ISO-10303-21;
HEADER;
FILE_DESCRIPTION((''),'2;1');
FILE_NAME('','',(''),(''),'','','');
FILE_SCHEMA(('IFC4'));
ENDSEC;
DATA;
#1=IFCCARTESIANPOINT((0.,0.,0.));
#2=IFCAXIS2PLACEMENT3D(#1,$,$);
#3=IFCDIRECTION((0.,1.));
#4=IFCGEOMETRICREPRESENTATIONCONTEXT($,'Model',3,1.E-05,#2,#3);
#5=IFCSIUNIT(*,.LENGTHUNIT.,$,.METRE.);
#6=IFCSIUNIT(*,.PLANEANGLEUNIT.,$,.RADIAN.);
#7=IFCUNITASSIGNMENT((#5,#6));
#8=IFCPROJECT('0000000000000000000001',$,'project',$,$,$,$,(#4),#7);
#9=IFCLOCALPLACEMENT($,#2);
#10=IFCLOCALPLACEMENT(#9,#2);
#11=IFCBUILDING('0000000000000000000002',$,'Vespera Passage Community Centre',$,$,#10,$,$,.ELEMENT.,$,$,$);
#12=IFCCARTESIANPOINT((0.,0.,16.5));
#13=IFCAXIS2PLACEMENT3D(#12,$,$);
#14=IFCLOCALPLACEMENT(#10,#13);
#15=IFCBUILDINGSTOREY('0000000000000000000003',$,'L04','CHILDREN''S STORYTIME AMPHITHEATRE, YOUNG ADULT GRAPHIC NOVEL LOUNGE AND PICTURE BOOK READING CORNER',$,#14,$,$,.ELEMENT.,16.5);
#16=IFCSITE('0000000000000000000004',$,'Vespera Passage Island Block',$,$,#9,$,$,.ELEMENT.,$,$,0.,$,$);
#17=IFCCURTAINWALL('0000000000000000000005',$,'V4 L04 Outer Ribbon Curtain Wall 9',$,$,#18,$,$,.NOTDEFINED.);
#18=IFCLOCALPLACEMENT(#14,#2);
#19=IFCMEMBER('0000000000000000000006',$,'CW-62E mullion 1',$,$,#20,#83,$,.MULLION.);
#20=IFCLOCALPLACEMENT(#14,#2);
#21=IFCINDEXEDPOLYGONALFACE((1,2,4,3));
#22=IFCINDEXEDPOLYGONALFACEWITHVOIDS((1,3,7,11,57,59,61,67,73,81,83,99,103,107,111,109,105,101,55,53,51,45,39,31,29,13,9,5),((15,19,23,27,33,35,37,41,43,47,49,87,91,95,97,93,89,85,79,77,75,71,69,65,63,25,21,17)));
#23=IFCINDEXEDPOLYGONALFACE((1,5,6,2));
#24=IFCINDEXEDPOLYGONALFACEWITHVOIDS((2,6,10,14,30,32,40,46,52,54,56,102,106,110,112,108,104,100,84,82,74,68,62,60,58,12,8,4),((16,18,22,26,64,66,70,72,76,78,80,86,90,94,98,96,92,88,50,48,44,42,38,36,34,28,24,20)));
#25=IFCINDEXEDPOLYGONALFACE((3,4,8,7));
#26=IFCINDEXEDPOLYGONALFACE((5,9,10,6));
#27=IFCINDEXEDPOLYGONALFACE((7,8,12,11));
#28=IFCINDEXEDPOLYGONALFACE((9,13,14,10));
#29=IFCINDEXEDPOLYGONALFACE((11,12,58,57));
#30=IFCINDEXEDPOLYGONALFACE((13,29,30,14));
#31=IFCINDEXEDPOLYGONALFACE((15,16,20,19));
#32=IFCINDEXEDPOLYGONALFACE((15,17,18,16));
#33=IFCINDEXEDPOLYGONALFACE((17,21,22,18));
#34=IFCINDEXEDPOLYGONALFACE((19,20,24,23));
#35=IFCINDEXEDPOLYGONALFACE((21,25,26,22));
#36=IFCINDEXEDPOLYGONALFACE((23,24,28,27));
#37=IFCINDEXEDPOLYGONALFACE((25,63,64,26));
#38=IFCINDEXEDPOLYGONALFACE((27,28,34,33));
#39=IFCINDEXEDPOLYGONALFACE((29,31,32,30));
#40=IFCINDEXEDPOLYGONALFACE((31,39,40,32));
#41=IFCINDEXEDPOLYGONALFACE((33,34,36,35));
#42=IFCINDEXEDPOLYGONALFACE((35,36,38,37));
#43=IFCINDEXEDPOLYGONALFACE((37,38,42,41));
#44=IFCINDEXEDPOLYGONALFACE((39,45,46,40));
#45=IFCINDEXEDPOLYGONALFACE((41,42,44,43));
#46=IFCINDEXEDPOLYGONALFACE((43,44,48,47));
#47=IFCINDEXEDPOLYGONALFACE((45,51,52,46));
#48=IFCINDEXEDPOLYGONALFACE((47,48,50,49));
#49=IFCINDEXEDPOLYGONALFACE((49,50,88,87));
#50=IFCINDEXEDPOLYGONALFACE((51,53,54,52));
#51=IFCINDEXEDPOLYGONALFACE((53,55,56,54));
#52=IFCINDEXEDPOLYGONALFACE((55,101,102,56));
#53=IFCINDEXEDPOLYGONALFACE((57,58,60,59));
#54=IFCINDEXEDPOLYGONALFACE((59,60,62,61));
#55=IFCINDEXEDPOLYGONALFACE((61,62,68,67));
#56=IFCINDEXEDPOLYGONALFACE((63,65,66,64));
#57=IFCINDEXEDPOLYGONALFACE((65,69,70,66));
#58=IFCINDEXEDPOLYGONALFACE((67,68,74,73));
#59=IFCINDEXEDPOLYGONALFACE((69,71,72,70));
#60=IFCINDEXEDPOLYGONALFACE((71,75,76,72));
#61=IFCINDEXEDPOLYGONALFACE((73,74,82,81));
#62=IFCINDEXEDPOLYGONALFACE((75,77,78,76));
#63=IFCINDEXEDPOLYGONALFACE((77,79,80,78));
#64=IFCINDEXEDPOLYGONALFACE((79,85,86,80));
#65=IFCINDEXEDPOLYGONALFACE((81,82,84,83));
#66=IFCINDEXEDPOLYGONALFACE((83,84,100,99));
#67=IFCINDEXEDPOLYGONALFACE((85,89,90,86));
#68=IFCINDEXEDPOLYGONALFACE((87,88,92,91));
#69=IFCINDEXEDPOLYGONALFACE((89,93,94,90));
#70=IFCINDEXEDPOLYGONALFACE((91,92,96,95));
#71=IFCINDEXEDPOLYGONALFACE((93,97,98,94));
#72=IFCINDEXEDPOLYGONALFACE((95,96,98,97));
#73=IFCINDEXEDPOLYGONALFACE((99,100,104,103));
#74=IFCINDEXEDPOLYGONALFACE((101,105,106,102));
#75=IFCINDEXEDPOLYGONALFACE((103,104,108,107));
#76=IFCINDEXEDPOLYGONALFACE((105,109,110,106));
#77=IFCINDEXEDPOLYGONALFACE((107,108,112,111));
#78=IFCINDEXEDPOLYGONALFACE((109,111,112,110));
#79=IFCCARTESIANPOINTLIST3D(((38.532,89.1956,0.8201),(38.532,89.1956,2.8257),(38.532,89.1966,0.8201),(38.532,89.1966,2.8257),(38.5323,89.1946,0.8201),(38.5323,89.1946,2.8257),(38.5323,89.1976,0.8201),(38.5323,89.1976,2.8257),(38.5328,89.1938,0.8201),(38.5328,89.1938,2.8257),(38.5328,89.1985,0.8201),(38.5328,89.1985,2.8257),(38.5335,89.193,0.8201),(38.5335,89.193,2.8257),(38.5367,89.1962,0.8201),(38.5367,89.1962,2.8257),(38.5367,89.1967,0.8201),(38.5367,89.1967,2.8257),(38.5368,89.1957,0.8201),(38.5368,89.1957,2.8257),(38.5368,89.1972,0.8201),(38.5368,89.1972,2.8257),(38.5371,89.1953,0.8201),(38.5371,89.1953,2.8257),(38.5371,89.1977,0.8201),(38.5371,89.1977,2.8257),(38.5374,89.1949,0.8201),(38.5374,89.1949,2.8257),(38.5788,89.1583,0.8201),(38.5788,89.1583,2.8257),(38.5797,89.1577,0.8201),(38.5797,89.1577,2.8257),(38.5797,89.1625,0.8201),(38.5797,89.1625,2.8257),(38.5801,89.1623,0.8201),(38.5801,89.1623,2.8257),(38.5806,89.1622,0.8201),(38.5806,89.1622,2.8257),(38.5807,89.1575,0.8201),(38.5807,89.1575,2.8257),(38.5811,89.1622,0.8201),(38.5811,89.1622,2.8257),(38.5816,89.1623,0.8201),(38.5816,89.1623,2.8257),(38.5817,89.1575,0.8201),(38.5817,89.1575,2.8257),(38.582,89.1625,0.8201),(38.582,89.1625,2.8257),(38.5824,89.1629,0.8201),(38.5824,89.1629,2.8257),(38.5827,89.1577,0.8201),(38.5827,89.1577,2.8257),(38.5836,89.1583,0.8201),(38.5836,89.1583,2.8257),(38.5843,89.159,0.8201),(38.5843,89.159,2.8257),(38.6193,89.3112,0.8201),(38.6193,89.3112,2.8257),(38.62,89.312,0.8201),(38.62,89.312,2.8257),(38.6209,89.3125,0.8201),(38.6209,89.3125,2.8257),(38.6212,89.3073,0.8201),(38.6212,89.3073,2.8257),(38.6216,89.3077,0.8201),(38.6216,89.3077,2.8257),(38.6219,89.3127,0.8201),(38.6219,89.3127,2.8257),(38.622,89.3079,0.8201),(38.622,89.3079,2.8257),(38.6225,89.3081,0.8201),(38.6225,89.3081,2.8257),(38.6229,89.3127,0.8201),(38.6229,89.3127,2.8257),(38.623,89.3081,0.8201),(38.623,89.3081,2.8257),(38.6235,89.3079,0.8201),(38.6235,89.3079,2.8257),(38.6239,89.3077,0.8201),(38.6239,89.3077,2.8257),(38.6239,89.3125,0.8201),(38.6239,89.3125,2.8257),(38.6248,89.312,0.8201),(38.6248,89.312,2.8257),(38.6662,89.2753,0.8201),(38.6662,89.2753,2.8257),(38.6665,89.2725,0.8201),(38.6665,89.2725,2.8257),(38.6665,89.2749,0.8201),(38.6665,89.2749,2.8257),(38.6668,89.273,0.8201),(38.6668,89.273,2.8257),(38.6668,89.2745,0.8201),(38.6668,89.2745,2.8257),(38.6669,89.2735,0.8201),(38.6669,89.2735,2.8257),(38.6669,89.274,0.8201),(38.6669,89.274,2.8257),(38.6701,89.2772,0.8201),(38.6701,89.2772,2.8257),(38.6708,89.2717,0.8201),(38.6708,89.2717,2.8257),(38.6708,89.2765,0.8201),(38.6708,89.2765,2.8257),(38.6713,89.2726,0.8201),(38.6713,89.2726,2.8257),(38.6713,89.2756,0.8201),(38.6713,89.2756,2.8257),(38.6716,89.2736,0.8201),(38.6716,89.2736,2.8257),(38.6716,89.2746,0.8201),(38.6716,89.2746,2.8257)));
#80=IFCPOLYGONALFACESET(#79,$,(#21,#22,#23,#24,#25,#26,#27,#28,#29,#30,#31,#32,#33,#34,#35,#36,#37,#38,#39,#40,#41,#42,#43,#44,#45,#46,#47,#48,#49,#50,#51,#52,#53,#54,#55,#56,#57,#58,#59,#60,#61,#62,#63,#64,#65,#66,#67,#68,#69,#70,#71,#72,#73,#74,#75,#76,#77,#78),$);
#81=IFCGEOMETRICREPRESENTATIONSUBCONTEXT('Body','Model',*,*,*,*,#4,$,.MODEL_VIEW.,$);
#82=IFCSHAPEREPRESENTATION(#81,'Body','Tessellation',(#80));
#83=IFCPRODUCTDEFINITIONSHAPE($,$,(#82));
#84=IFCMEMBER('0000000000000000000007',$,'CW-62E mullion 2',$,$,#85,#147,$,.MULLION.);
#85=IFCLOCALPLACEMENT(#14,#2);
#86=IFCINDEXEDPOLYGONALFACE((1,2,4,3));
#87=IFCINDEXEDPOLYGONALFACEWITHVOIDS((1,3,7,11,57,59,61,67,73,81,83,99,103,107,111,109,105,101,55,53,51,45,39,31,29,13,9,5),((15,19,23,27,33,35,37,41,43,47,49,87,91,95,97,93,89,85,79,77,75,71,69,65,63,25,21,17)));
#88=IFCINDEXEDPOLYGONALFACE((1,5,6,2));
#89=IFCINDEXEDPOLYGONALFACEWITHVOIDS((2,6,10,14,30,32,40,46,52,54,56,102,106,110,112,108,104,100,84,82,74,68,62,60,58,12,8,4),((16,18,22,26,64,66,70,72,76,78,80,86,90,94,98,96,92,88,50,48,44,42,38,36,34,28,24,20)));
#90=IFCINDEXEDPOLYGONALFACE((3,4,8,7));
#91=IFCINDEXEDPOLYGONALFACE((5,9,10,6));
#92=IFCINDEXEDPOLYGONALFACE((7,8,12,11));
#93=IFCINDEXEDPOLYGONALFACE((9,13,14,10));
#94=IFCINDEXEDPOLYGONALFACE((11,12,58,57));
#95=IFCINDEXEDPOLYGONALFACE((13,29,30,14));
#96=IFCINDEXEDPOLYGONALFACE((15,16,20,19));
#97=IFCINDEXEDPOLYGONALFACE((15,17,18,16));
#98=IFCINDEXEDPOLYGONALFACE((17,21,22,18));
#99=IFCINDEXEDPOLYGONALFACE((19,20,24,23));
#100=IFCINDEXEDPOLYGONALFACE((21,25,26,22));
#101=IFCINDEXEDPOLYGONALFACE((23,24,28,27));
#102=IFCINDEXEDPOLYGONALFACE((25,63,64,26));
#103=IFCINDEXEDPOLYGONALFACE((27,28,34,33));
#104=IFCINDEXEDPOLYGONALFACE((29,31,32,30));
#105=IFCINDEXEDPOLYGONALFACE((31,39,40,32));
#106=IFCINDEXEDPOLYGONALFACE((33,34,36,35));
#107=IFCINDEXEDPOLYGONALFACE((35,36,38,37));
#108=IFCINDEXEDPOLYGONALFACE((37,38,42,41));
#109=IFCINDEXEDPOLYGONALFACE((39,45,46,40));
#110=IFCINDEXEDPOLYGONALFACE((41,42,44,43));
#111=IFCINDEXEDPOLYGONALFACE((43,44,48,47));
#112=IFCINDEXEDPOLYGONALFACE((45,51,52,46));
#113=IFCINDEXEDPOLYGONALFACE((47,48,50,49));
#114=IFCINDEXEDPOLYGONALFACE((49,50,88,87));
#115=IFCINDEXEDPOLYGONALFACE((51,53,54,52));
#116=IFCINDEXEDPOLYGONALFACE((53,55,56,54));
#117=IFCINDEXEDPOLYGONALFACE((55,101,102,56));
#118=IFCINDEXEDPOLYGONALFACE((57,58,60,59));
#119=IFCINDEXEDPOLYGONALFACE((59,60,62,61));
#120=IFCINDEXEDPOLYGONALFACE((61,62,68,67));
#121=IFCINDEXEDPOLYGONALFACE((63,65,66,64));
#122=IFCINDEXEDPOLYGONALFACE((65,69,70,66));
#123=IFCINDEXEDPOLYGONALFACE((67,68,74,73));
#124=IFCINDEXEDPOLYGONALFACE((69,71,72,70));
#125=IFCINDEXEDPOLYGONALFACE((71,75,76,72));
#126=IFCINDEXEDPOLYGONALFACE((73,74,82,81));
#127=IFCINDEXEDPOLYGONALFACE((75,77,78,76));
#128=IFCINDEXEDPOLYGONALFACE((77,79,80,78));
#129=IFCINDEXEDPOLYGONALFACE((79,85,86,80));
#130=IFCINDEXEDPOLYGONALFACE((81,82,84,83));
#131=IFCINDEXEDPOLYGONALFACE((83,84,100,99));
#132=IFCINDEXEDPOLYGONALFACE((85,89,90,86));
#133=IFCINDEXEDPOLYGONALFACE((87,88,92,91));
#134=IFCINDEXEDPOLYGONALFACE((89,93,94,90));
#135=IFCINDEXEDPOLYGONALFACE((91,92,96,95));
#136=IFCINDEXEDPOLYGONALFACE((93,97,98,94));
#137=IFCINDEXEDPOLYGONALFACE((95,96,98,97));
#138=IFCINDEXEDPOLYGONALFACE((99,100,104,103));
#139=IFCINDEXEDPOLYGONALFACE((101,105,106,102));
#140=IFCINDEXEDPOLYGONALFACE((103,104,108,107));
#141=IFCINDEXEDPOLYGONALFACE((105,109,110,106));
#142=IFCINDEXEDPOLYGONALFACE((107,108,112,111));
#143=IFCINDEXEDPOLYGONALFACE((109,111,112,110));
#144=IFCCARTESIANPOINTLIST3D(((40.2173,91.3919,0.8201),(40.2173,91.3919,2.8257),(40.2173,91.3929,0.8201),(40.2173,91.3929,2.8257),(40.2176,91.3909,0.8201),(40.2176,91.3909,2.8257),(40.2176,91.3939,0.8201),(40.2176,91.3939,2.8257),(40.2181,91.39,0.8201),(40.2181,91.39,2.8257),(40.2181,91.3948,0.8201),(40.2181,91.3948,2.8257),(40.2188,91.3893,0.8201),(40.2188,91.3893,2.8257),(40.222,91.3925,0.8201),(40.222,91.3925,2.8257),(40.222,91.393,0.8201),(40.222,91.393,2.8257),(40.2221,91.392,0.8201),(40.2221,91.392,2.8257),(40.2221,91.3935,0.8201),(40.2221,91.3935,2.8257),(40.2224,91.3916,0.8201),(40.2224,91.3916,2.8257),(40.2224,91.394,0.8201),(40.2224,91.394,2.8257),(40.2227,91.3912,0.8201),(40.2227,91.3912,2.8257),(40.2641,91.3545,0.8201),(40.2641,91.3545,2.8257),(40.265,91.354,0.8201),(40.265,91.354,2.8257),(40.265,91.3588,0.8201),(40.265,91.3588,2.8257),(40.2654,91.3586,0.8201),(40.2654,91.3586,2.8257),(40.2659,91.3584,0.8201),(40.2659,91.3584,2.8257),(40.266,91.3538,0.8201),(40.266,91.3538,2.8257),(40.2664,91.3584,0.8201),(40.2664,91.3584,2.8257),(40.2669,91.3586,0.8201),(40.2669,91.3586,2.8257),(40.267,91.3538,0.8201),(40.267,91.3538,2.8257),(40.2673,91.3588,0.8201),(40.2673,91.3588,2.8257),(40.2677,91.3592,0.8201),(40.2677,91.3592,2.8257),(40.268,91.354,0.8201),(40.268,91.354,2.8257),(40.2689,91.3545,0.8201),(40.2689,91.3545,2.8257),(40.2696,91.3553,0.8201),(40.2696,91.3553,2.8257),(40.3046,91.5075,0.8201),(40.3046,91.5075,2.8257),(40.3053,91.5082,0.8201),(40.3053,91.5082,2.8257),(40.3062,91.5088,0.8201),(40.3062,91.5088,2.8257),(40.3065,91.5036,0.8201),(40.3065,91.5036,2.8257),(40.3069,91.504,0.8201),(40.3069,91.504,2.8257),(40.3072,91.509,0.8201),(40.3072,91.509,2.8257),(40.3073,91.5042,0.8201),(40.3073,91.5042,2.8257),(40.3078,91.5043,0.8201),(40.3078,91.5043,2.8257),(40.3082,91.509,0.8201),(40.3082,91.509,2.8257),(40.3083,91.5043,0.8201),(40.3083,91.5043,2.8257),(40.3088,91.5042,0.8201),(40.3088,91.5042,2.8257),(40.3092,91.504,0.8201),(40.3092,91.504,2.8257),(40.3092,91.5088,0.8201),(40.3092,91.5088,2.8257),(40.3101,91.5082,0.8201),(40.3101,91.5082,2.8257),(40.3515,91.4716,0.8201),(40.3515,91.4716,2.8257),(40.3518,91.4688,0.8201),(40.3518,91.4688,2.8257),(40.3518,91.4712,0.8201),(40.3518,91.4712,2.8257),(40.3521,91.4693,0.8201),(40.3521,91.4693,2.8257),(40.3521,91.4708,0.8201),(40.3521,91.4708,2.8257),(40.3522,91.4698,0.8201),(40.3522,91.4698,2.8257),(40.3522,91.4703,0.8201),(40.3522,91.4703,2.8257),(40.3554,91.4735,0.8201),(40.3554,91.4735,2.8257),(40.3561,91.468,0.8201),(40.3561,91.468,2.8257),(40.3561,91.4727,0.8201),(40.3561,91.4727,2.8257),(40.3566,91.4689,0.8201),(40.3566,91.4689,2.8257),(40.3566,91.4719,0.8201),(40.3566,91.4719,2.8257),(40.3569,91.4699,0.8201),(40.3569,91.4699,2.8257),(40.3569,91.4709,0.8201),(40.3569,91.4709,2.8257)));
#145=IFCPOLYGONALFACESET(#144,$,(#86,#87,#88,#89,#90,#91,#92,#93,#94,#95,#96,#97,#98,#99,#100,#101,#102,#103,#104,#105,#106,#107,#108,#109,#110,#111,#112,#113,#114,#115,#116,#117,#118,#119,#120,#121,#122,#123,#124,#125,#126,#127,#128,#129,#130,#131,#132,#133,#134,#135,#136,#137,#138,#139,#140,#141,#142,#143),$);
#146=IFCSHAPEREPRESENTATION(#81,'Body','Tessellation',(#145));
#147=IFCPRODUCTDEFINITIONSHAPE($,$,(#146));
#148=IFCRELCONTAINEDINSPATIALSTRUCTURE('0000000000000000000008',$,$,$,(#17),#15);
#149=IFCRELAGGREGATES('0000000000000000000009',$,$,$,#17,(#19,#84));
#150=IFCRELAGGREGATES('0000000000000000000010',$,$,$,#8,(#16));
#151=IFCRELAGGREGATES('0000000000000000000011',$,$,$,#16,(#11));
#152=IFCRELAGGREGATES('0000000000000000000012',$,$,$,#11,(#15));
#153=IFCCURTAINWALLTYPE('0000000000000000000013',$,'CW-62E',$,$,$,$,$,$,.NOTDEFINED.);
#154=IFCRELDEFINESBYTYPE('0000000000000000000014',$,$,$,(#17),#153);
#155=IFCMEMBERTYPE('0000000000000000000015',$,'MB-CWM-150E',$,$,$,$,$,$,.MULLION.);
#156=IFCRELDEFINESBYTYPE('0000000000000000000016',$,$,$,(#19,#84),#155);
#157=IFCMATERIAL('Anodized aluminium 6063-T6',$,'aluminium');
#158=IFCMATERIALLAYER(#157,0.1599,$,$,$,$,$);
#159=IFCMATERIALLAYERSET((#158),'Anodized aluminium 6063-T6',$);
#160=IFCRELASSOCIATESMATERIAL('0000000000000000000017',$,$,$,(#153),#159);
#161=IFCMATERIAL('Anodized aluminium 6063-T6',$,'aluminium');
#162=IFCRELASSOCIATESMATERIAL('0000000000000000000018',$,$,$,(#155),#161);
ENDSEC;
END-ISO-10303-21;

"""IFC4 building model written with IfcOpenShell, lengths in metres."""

from ifc_helpers import new_model, si_unit, direction, frame, origin, origin_2d, place, context, subcontext, project, spatial, hollow_rectangle, extrude, material, layer, layer_set, material_profile, profile_set, type_object, element, aggregate, save


model = new_model("IFC4")

# Units and contexts
model_context = context("Model", 3, precision=1e-05, world=origin(), true_north=direction((0.0, 1.0)))
body_context = subcontext(model_context, "Body", "Model", "MODEL_VIEW")
ifc_project = project(units=[si_unit("LENGTHUNIT", "METRE"), si_unit("PLANEANGLEUNIT", "RADIAN")], contexts=[model_context])

# Site, building, storey
site_placement = place(None, origin())
site = spatial("IfcSite", under=ifc_project, at=site_placement, Name="Vespera Passage Island Block", CompositionType="ELEMENT", RefElevation=0.0)
building_placement = place(site_placement, origin())
building = spatial("IfcBuilding", under=site, at=building_placement, Name="Vespera Passage Community Centre", CompositionType="ELEMENT")
storey_placement = place(building_placement, frame((0.0, 0.0, 16.5)))
storey = spatial("IfcBuildingStorey", under=building, at=storey_placement, Name="L04", Description="CHILDREN'S STORYTIME AMPHITHEATRE, YOUNG ADULT GRAPHIC NOVEL LOUNGE AND PICTURE BOOK READING CORNER", CompositionType="ELEMENT", Elevation=16.5)

# Curtain wall, members
ifc_material_1 = material(Name="Anodized aluminium 6063-T6", Category="aluminium")
ifc_layer_1 = layer(ifc_material_1, 0.1599)
ifc_layer_set_1 = layer_set([ifc_layer_1], Name="Anodized aluminium 6063-T6")
curtain_wall_type = type_object("IfcCurtainWallType", Name="CW-62E", PredefinedType="NOTDEFINED", material=ifc_layer_set_1)
curtain_wall_placement = place(storey_placement, origin())
curtain_wall = element("IfcCurtainWall", 1, at=curtain_wall_placement, inside=storey, type_object=curtain_wall_type, Name="V4 L04 Outer Ribbon Curtain Wall 9", PredefinedType="NOTDEFINED")
ifc_material_2 = material(Name="Anodized aluminium 6063-T6", Category="aluminium")
ifc_material_profile_1 = material_profile(ifc_material_2, hollow_rectangle(XDim=0.0649, YDim=0.1499, WallThickness=0.0039, InnerFilletRadius=0.002, OuterFilletRadius=0.0039, at=origin_2d()), Name="ALU150X65X4")
ifc_profile_set_1 = profile_set([ifc_material_profile_1], Name="Anodized aluminium 6063-T6")
member_type_1 = type_object("IfcMemberType", Name="MB-CWM-150E", PredefinedType="MULLION", material=ifc_profile_set_1)
member_1_placement = place(storey_placement, frame((38.6018, 89.2351, 0.8201), z_axis=(0.0, 0.0, 1.0), x_axis=(-0.79335, 0.608765, 0.0)))
member_1 = element("IfcMember", 2, at=member_1_placement, type_object=member_type_1, Name="CW-62E mullion 1", PredefinedType="MULLION", context=body_context, shape_type="SweptSolid", body=[
    extrude(hollow_rectangle(XDim=0.0649, YDim=0.1499, WallThickness=0.0039, InnerFilletRadius=0.002, OuterFilletRadius=0.0039, at=origin_2d()), origin(), (0.0, 0.0, 1.0), 2.0056),
])
member_2_placement = place(storey_placement, frame((40.2871, 91.4314, 0.8201), z_axis=(0.0, 0.0, 1.0), x_axis=(-0.79335, 0.608765, 0.0)))
member_2 = element("IfcMember", 3, at=member_2_placement, type_object=member_type_1, Name="CW-62E mullion 2", PredefinedType="MULLION", context=body_context, shape_type="SweptSolid", body=[
    extrude(hollow_rectangle(XDim=0.0649, YDim=0.1499, WallThickness=0.0039, InnerFilletRadius=0.002, OuterFilletRadius=0.0039, at=origin_2d()), origin(), (0.0, 0.0, 1.0), 2.0056),
])
aggregate(curtain_wall, [member_1, member_2])

save(model, "model.ifc")
